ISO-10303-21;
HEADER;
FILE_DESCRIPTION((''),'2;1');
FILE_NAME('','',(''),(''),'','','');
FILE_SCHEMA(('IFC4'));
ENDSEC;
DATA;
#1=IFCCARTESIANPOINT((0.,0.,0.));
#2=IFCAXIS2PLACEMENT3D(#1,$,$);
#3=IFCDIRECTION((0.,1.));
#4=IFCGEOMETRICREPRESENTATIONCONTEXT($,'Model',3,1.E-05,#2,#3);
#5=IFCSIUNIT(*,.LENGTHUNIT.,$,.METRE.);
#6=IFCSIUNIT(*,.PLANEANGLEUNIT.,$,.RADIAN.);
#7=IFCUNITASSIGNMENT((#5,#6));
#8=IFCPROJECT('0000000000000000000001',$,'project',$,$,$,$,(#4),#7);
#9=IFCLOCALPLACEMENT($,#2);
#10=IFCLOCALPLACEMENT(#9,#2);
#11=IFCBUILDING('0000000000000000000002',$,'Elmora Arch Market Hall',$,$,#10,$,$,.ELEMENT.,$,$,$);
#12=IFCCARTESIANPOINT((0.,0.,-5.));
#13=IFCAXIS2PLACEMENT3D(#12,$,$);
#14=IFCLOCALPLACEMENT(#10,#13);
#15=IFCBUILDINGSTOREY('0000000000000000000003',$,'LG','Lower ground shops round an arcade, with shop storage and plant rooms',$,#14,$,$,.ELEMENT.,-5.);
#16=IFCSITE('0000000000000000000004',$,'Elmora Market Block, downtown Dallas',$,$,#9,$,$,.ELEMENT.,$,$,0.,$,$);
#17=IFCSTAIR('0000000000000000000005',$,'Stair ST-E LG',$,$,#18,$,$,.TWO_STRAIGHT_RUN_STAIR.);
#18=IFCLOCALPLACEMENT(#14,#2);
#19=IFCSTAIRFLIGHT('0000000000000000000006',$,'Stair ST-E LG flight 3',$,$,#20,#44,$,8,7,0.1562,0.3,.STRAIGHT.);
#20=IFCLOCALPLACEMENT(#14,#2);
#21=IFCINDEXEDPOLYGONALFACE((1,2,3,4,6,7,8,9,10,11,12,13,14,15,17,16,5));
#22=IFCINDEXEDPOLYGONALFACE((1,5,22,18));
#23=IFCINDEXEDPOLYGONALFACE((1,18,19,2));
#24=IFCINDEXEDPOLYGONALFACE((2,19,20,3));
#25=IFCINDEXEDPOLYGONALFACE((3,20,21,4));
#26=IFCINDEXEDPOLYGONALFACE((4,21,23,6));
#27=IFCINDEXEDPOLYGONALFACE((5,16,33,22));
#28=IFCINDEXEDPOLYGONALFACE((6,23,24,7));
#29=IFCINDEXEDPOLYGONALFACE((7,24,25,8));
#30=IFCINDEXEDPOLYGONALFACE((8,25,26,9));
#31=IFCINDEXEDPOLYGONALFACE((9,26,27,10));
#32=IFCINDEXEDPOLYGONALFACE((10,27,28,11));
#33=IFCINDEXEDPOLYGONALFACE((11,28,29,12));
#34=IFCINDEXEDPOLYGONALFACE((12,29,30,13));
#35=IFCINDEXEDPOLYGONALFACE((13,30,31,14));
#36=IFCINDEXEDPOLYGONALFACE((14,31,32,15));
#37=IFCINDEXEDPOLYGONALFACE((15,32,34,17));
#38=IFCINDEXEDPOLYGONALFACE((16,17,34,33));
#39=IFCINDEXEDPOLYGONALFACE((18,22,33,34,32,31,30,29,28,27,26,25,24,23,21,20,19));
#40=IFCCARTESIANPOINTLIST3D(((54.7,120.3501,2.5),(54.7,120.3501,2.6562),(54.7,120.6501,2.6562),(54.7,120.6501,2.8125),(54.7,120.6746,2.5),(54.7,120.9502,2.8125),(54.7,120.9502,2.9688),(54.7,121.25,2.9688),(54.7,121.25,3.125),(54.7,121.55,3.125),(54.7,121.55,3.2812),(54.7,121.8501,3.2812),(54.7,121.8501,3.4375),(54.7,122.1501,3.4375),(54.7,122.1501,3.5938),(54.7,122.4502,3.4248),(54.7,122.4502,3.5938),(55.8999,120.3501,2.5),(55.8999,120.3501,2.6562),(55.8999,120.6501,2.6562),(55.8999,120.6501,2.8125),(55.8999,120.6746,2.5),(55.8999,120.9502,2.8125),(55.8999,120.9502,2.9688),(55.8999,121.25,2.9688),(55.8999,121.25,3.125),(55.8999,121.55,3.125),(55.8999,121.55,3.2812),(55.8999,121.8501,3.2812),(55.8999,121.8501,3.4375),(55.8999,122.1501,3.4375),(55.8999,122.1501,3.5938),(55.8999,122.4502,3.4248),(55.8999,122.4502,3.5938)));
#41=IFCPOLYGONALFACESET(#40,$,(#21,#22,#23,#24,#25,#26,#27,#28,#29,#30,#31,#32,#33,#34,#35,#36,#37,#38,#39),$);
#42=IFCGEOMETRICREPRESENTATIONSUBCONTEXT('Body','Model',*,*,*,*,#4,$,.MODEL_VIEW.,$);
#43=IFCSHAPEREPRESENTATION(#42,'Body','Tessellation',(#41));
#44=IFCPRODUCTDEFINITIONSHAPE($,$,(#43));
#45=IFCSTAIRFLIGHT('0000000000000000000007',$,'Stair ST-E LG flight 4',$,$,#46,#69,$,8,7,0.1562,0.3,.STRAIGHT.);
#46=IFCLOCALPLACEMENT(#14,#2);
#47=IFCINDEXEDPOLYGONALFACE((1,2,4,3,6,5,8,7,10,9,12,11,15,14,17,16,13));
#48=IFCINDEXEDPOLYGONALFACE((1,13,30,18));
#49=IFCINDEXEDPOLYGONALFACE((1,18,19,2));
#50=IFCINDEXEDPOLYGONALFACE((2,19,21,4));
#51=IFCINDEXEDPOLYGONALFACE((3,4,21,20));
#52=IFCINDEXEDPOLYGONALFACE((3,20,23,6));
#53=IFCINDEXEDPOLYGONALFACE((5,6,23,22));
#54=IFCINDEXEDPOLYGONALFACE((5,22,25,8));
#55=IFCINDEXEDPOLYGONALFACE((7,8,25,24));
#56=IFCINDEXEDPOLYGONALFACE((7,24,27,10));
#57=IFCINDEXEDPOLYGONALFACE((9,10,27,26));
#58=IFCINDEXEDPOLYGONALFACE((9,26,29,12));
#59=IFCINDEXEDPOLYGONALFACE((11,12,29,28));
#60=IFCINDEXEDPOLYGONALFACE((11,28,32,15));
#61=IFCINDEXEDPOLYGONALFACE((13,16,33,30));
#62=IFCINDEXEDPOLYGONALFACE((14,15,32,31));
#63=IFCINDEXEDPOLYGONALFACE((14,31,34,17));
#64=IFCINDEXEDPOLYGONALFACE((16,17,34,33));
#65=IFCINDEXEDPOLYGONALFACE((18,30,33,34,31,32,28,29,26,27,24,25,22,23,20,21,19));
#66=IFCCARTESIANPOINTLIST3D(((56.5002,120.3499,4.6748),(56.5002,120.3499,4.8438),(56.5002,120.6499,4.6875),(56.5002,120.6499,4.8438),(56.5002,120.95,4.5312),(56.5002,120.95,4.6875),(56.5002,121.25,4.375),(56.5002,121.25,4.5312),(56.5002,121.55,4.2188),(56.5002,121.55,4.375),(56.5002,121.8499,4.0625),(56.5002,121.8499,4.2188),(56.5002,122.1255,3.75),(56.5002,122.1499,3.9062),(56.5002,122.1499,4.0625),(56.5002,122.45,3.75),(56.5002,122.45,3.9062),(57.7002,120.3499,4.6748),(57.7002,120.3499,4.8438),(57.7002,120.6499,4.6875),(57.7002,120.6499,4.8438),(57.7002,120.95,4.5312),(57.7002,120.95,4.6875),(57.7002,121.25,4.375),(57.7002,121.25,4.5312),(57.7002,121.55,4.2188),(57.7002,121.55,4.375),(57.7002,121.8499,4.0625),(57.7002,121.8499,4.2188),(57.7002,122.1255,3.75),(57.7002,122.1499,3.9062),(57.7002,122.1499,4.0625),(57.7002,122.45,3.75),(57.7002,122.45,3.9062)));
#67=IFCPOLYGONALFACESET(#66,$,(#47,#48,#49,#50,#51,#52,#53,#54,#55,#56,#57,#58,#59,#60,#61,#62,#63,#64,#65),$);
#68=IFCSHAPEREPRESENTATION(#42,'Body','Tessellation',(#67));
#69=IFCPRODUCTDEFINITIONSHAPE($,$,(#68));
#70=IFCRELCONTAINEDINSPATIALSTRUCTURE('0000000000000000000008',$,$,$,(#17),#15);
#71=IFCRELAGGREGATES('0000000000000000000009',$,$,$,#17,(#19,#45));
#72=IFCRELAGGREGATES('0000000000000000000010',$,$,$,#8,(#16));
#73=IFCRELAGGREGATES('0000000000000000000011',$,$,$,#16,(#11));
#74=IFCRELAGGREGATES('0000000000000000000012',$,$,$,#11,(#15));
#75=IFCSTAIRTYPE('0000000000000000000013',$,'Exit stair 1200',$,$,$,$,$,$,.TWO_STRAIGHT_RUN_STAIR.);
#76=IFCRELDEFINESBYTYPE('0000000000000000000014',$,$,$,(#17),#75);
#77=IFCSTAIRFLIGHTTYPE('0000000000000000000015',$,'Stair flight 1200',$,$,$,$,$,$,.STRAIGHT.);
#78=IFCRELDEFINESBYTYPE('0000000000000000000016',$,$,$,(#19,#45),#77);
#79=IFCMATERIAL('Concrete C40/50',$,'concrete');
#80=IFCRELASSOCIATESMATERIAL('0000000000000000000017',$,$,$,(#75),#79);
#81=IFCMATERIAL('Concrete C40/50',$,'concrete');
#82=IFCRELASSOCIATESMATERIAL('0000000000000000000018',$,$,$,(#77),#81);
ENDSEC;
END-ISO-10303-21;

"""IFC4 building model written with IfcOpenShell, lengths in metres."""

from ifc_helpers import new_model, si_unit, direction, frame, origin, place, context, subcontext, project, spatial, polyline, outline, extrude, material, type_object, element, aggregate, save


model = new_model("IFC4")

# Units and contexts
model_context = context("Model", 3, precision=1e-05, world=origin(), true_north=direction((0.0, 1.0)))
body_context = subcontext(model_context, "Body", "Model", "MODEL_VIEW")
ifc_project = project(units=[si_unit("LENGTHUNIT", "METRE"), si_unit("PLANEANGLEUNIT", "RADIAN")], contexts=[model_context])

# Site, building, storey
site_placement = place(None, origin())
site = spatial("IfcSite", under=ifc_project, at=site_placement, Name="Elmora Market Block, downtown Dallas", CompositionType="ELEMENT", RefElevation=0.0)
building_placement = place(site_placement, origin())
building = spatial("IfcBuilding", under=site, at=building_placement, Name="Elmora Arch Market Hall", CompositionType="ELEMENT")
storey_placement = place(building_placement, frame((0.0, 0.0, -5.0)))
storey = spatial("IfcBuildingStorey", under=building, at=storey_placement, Name="LG", Description="Lower ground shops round an arcade, with shop storage and plant rooms", CompositionType="ELEMENT", Elevation=-5.0)

# Stair, stair flights
ifc_material_1 = material(Name="Concrete C40/50", Category="concrete")
stair_type = type_object("IfcStairType", Name="Exit stair 1200", PredefinedType="TWO_STRAIGHT_RUN_STAIR", material=ifc_material_1)
stair_placement = place(storey_placement, origin())
stair = element("IfcStair", 1, at=stair_placement, inside=storey, type_object=stair_type, Name="Stair ST-E LG", PredefinedType="TWO_STRAIGHT_RUN_STAIR")
ifc_material_2 = material(Name="Concrete C40/50", Category="concrete")
stair_flight_type = type_object("IfcStairFlightType", Name="Stair flight 1200", PredefinedType="STRAIGHT", material=ifc_material_2)
stair_flight_1_placement = place(storey_placement, frame((55.3, 120.3501, 2.5), z_axis=(0.0, 0.0, 1.0), x_axis=(0.0, 1.0, 0.0)))
stair_flight_1 = element("IfcStairFlight", 2, at=stair_flight_1_placement, type_object=stair_flight_type, Name="Stair ST-E LG flight 3", NumberOfRisers=8, NumberOfTreads=7, PredefinedType="STRAIGHT", RiserHeight=0.1562, TreadLength=0.3, context=body_context, shape_type="SweptSolid", body=[
    extrude(outline(polyline([(0.0, 0.0), (0.0, 0.1562), (0.3, 0.1562), (0.3, 0.3125), (0.6001, 0.3125), (0.6001, 0.4688), (0.8999, 0.4688), (0.8999, 0.625), (1.2, 0.625), (1.2, 0.7812), (1.5, 0.7812), (1.5, 0.9375), (1.8, 0.9375), (1.8, 1.0938), (2.1001, 1.0938), (2.1001, 1.25), (2.1001, 0.9248), (0.3245, 0.0), (0.0, 0.0)])), frame((0.0, 0.6001, 0.0), z_axis=(0.0, -1.0, 0.0), x_axis=(1.0, 0.0, 0.0)), (0.0, 0.0, 1.0), 1.2),
])
stair_flight_2_placement = place(storey_placement, frame((57.1001, 122.45, 3.75), z_axis=(0.0, 0.0, 1.0), x_axis=(0.0, -1.0, 0.0)))
stair_flight_2 = element("IfcStairFlight", 3, at=stair_flight_2_placement, type_object=stair_flight_type, Name="Stair ST-E LG flight 4", NumberOfRisers=8, NumberOfTreads=7, PredefinedType="STRAIGHT", RiserHeight=0.1562, TreadLength=0.3, context=body_context, shape_type="SweptSolid", body=[
    extrude(outline(polyline([(0.0, 0.0), (0.0, 0.1562), (0.3, 0.1562), (0.3, 0.3125), (0.6001, 0.3125), (0.6001, 0.4688), (0.8999, 0.4688), (0.8999, 0.625), (1.2, 0.625), (1.2, 0.7812), (1.5, 0.7812), (1.5, 0.9375), (1.8, 0.9375), (1.8, 1.0938), (2.1001, 1.0938), (2.1001, 1.25), (2.1001, 0.9248), (0.3245, 0.0), (0.0, 0.0)])), frame((0.0, 0.6001, 0.0), z_axis=(0.0, -1.0, 0.0), x_axis=(1.0, 0.0, 0.0)), (0.0, 0.0, 1.0), 1.2),
])
aggregate(stair, [stair_flight_1, stair_flight_2])

save(model, "model.ifc")
